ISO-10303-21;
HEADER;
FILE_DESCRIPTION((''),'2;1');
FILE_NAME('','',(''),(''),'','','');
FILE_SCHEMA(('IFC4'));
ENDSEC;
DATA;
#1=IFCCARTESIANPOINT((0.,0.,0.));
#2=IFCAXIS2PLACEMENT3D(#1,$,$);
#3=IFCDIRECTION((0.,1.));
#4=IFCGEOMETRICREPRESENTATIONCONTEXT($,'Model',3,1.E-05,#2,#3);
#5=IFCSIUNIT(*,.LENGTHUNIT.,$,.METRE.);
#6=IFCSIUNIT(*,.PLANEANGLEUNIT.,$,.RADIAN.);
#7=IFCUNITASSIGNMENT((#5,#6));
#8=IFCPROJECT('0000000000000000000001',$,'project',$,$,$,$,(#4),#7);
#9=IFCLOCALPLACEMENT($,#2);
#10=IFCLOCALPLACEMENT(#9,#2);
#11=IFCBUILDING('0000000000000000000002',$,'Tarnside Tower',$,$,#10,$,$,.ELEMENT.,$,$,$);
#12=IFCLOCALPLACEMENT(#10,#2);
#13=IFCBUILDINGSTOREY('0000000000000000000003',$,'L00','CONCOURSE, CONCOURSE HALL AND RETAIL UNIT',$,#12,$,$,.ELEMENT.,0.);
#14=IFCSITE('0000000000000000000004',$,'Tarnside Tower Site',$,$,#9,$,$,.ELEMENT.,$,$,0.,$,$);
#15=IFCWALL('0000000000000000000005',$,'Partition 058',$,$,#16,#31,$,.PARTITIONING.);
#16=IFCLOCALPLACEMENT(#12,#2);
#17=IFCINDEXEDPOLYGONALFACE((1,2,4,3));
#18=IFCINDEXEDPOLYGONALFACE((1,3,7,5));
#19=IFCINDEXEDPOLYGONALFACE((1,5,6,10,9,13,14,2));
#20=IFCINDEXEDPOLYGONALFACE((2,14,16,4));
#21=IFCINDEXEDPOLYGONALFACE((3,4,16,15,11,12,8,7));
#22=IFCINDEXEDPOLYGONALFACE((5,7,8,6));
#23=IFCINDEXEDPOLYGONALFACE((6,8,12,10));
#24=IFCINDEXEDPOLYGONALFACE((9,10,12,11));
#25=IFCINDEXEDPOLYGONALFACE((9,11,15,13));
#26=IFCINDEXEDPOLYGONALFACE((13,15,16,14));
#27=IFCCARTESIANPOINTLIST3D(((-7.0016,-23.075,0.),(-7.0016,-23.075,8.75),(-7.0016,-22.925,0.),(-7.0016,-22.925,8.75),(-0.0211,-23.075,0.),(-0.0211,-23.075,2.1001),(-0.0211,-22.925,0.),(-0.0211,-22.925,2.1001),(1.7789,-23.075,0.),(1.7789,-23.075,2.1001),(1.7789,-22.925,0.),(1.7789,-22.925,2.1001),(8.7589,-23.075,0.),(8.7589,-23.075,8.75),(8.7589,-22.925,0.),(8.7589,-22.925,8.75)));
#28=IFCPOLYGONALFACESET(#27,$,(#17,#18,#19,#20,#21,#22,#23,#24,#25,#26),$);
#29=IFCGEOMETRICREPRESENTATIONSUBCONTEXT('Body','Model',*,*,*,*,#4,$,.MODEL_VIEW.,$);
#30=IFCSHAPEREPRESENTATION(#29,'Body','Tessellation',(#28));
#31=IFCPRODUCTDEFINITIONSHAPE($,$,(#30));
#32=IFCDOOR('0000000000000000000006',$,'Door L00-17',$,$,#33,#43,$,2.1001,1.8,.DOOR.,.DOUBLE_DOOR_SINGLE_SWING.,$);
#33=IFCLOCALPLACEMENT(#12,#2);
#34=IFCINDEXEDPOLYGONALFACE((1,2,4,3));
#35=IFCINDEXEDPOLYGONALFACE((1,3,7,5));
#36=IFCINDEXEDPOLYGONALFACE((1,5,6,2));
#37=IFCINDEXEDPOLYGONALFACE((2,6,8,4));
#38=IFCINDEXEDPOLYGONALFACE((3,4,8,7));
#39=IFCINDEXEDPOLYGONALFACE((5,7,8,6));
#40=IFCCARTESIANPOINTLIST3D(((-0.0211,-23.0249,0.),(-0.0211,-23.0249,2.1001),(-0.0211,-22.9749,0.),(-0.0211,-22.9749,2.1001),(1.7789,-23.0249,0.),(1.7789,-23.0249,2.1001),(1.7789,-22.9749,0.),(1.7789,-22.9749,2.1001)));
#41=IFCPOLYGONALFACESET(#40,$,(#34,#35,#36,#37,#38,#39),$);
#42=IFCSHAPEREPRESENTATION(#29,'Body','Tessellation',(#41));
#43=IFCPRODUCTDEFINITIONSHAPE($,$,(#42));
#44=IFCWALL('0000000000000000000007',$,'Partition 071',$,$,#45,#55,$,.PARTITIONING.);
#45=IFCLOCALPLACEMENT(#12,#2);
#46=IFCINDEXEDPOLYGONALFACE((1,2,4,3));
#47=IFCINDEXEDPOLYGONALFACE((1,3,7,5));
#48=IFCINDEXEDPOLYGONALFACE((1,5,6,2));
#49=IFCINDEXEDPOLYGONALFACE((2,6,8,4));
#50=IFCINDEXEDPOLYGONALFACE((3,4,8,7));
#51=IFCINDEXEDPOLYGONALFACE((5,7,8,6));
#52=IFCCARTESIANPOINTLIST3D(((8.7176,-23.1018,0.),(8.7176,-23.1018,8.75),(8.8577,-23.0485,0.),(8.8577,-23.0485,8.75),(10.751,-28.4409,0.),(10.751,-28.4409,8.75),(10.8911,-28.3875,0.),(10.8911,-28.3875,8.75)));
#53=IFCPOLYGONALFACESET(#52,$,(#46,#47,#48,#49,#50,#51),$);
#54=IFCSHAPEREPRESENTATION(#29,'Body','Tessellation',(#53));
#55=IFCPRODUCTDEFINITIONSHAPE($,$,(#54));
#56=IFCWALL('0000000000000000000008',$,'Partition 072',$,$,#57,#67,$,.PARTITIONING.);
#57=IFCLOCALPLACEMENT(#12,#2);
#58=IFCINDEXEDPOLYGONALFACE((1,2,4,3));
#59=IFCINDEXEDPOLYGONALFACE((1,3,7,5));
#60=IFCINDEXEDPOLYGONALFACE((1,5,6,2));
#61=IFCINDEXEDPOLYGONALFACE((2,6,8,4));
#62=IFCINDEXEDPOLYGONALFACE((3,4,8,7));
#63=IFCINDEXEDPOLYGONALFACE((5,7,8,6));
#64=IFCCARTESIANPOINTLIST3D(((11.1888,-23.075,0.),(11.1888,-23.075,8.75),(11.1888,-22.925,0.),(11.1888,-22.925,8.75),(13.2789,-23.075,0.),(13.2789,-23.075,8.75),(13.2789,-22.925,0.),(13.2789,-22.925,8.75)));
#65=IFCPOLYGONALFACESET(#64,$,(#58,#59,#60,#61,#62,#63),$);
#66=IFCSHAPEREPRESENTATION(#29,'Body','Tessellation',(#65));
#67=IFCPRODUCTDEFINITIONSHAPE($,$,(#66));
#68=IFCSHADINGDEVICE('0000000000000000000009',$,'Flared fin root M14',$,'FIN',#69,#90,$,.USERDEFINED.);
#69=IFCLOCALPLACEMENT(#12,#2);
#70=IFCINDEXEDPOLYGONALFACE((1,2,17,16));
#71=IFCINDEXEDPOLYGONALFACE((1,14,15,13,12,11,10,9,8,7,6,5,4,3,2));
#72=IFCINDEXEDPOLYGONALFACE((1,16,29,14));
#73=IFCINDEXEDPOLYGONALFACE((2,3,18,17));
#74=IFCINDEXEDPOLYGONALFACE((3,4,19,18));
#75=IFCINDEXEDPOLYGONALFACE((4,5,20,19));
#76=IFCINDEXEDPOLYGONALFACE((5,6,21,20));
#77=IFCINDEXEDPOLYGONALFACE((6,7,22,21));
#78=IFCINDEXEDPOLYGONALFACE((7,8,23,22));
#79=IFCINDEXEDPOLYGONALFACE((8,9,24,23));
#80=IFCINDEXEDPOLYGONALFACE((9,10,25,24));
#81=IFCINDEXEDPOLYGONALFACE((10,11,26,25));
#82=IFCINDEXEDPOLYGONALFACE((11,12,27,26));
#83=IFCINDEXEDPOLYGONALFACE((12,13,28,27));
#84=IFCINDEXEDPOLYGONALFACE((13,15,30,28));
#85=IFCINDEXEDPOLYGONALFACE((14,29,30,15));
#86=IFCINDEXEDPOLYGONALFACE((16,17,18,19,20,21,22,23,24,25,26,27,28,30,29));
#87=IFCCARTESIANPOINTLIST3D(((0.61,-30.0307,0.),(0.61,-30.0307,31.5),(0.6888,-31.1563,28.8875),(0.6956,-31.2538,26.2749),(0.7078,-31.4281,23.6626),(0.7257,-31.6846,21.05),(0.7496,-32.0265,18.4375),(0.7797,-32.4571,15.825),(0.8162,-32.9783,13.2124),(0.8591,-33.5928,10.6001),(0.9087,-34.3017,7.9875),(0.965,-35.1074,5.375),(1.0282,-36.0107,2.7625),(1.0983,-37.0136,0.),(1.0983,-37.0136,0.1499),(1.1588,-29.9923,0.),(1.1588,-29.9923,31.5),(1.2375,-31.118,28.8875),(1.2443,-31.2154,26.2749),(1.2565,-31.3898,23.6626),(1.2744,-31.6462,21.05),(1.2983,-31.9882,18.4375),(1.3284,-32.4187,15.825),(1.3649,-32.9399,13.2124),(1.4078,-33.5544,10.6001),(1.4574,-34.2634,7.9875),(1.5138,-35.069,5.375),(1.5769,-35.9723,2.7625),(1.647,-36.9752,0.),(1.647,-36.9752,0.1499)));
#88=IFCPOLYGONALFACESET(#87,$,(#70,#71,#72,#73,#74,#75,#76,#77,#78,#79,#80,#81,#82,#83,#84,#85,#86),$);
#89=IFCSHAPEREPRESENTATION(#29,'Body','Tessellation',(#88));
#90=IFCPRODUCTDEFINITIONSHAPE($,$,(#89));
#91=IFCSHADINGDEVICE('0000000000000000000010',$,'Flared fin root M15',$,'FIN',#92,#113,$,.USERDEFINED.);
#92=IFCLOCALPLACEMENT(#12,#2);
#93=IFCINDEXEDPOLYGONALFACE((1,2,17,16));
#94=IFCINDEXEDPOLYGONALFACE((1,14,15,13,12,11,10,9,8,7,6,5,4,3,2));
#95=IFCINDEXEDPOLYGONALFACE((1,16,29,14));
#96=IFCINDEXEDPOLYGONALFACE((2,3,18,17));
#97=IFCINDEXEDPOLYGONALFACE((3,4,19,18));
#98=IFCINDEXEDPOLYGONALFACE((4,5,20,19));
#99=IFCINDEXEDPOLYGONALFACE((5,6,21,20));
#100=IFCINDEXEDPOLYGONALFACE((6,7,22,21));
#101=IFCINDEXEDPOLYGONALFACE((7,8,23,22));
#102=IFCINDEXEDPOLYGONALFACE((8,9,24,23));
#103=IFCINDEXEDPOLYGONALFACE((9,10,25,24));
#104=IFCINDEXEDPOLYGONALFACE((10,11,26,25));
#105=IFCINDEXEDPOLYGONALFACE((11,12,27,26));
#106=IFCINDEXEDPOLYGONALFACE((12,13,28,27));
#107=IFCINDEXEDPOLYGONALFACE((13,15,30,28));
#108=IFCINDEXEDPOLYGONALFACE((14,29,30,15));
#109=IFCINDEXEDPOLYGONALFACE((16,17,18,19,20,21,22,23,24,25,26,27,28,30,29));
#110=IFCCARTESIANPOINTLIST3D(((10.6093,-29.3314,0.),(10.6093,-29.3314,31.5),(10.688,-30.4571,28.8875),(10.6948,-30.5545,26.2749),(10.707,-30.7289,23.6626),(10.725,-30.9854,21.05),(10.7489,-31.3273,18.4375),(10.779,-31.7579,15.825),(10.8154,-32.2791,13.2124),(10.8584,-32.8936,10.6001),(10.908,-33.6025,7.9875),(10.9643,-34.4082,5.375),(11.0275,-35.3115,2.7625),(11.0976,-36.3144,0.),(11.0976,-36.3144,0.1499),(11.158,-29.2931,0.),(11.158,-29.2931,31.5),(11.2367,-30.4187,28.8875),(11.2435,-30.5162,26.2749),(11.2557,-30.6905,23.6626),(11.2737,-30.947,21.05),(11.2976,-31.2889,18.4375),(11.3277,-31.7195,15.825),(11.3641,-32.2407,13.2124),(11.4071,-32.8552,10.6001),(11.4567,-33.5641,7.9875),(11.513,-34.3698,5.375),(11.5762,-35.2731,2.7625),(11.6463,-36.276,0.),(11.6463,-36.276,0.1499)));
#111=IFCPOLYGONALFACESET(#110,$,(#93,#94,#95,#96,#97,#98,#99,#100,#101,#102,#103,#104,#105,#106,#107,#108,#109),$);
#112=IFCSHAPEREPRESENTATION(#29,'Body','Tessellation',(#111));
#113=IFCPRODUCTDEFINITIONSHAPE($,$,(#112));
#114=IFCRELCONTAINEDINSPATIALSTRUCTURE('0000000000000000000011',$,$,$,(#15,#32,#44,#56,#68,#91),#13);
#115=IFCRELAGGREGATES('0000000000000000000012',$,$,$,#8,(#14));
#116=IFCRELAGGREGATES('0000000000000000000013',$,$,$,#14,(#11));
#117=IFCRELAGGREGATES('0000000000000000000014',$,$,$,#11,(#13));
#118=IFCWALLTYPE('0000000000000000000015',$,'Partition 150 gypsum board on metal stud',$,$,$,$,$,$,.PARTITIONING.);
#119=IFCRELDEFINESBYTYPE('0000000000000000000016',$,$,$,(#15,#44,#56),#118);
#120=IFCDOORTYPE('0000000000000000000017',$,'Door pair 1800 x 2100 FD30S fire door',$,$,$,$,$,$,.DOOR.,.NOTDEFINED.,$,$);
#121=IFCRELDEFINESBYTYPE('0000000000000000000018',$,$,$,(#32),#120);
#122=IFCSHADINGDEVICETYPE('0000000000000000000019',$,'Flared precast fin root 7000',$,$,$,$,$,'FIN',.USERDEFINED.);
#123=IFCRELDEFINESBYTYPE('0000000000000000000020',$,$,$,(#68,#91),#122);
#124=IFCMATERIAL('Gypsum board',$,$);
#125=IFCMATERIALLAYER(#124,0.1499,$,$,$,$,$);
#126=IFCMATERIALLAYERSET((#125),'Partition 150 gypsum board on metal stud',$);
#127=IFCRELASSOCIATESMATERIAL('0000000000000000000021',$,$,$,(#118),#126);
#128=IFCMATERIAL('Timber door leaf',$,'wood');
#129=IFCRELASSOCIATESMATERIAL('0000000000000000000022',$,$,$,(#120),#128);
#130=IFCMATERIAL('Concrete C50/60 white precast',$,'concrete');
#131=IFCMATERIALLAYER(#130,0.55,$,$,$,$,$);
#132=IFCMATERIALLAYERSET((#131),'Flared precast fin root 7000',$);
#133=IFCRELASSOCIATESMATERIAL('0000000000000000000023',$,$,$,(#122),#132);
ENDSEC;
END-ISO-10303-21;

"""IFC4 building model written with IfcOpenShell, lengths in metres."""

from ifc_helpers import new_model, si_unit, direction, frame, frame_2d, origin, place, context, subcontext, project, spatial, polyline, rectangle, outline, extrude, material, layer, layer_set, type_object, element, fill, save


model = new_model("IFC4")

# Units and contexts
model_context = context("Model", 3, precision=1e-05, world=origin(), true_north=direction((0.0, 1.0)))
body_context = subcontext(model_context, "Body", "Model", "MODEL_VIEW")
ifc_project = project(units=[si_unit("LENGTHUNIT", "METRE"), si_unit("PLANEANGLEUNIT", "RADIAN")], contexts=[model_context])

# Site, building, storey
site_placement = place(None, origin())
site = spatial("IfcSite", under=ifc_project, at=site_placement, Name="Tarnside Tower Site", CompositionType="ELEMENT", RefElevation=0.0)
building_placement = place(site_placement, origin())
building = spatial("IfcBuilding", under=site, at=building_placement, Name="Tarnside Tower", CompositionType="ELEMENT")
storey_placement = place(building_placement, origin())
storey = spatial("IfcBuildingStorey", under=building, at=storey_placement, Name="L00", Description="CONCOURSE, CONCOURSE HALL AND RETAIL UNIT", CompositionType="ELEMENT", Elevation=0.0)

# Wall, opening, door
ifc_material_1 = material(Name="Concrete C50/60 white precast", Category="concrete")
ifc_material_2 = material(Name="Gypsum board")
ifc_layer_1 = layer(ifc_material_2, 0.1499)
ifc_layer_set_1 = layer_set([ifc_layer_1], Name="Partition 150 gypsum board on metal stud")
wall_type_1 = type_object("IfcWallType", Name="Partition 150 gypsum board on metal stud", PredefinedType="PARTITIONING", material=ifc_layer_set_1)
wall_1_placement = place(storey_placement, frame((8.759, -23.0, 0.0), z_axis=(0.0, 0.0, 1.0), x_axis=(-1.0, 0.0, 0.0)))
wall_1 = element("IfcWall", 1, at=wall_1_placement, inside=storey, type_object=wall_type_1, Name="Partition 058", PredefinedType="PARTITIONING", context=body_context, shape_type="SweptSolid", body=[
    extrude(rectangle(XDim=15.7605, YDim=0.1499, at=frame_2d((7.8804, 0.0))), origin(), (0.0, 0.0, 1.0), 8.75),
])
opening_1_placement = place(wall_1_placement, frame((6.9802, 0.0, 0.0)))
opening_1 = element("IfcOpeningElement", 2, at=opening_1_placement, cuts=wall_1, PredefinedType="OPENING", context=body_context, shape_type="SweptSolid", body=[
    extrude(rectangle(XDim=1.8, YDim=2.1001, at=frame_2d((0.8999, 1.05))), frame((0.0, 0.085, 0.0), z_axis=(0.0, -1.0, 0.0), x_axis=(1.0, 0.0, 0.0)), (0.0, 0.0, 1.0), 0.1699),
])
ifc_material_3 = material(Name="Timber door leaf", Category="wood")
door_type_1 = type_object("IfcDoorType", Name="Door pair 1800 x 2100 FD30S fire door", OperationType="NOTDEFINED", PredefinedType="DOOR", material=ifc_material_3)
door_1_placement = place(opening_1_placement, origin())
door_1 = element("IfcDoor", 3, at=door_1_placement, inside=storey, type_object=door_type_1, Name="Door L00-17", OperationType="DOUBLE_DOOR_SINGLE_SWING", OverallHeight=2.1001, OverallWidth=1.8, PredefinedType="DOOR", context=body_context, shape_type="SweptSolid", body=[
    extrude(rectangle(XDim=1.8, YDim=2.1001, at=frame_2d((0.8999, 1.05))), frame((0.0, 0.0249, 0.0), z_axis=(0.0, -1.0, 0.0), x_axis=(1.0, 0.0, 0.0)), (0.0, 0.0, 1.0), 0.05),
])
fill(opening_1, door_1)

# Walls
wall_2_placement = place(storey_placement, frame((10.821, -28.4141, 0.0), z_axis=(0.0, 0.0, 1.0), x_axis=(-0.355919, 0.934517, 0.0)))
element("IfcWall", 4, at=wall_2_placement, inside=storey, type_object=wall_type_1, Name="Partition 071", PredefinedType="PARTITIONING", context=body_context, shape_type="SweptSolid", body=[
    extrude(rectangle(XDim=5.7131, YDim=0.1499, at=frame_2d((2.8564, 0.0))), origin(), (0.0, 0.0, 1.0), 8.75),
])
wall_3_placement = place(storey_placement, frame((11.189, -23.0, 0.0), z_axis=(0.0, 0.0, 1.0), x_axis=(1.0, 0.0, 0.0)))
element("IfcWall", 5, at=wall_3_placement, inside=storey, type_object=wall_type_1, Name="Partition 072", PredefinedType="PARTITIONING", context=body_context, shape_type="SweptSolid", body=[
    extrude(rectangle(XDim=2.0901, YDim=0.1499, at=frame_2d((1.0449, 0.0))), origin(), (0.0, 0.0, 1.0), 8.75),
])

# Shading devices
ifc_layer_2 = layer(ifc_material_1, 0.55)
ifc_layer_set_2 = layer_set([ifc_layer_2], Name="Flared precast fin root 7000")
shading_device_type = type_object("IfcShadingDeviceType", Name="Flared precast fin root 7000", ElementType="FIN", PredefinedType="USERDEFINED", material=ifc_layer_set_2)
for number, where, z_axis, x_axis, name in (
    (6, (0.8845, -30.0115, 0.0), (-0.997564, -0.069756, 0.0), (0.069756, -0.997564, 0.0), "Flared fin root M14"),
    (7, (10.8838, -29.3123, 0.0), (-0.997564, -0.069756, 0.0), (0.069756, -0.997564, 0.0), "Flared fin root M15"),
):
    element("IfcShadingDevice", number, at=place(storey_placement, frame(where, z_axis=z_axis, x_axis=x_axis)), inside=storey, type_object=shading_device_type, Name=name, ObjectType="FIN", PredefinedType="USERDEFINED", context=body_context, shape_type="SweptSolid", body=[
        extrude(outline(polyline([(0.0, 0.0), (7.0, 0.0), (7.0, 0.1499), (5.9946, 2.7625), (5.0891, 5.375), (4.2815, 7.9875), (3.5708, 10.6001), (2.9548, 13.2124), (2.4324, 15.825), (2.0007, 18.4375), (1.658, 21.05), (1.4009, 23.6626), (1.2261, 26.2749), (1.1284, 28.8875), (0.0, 31.5), (0.0, 0.0)])), frame((0.0, 0.0, -0.2749)), (0.0, 0.0, 1.0), 0.55),
    ])

save(model, "model.ifc")
